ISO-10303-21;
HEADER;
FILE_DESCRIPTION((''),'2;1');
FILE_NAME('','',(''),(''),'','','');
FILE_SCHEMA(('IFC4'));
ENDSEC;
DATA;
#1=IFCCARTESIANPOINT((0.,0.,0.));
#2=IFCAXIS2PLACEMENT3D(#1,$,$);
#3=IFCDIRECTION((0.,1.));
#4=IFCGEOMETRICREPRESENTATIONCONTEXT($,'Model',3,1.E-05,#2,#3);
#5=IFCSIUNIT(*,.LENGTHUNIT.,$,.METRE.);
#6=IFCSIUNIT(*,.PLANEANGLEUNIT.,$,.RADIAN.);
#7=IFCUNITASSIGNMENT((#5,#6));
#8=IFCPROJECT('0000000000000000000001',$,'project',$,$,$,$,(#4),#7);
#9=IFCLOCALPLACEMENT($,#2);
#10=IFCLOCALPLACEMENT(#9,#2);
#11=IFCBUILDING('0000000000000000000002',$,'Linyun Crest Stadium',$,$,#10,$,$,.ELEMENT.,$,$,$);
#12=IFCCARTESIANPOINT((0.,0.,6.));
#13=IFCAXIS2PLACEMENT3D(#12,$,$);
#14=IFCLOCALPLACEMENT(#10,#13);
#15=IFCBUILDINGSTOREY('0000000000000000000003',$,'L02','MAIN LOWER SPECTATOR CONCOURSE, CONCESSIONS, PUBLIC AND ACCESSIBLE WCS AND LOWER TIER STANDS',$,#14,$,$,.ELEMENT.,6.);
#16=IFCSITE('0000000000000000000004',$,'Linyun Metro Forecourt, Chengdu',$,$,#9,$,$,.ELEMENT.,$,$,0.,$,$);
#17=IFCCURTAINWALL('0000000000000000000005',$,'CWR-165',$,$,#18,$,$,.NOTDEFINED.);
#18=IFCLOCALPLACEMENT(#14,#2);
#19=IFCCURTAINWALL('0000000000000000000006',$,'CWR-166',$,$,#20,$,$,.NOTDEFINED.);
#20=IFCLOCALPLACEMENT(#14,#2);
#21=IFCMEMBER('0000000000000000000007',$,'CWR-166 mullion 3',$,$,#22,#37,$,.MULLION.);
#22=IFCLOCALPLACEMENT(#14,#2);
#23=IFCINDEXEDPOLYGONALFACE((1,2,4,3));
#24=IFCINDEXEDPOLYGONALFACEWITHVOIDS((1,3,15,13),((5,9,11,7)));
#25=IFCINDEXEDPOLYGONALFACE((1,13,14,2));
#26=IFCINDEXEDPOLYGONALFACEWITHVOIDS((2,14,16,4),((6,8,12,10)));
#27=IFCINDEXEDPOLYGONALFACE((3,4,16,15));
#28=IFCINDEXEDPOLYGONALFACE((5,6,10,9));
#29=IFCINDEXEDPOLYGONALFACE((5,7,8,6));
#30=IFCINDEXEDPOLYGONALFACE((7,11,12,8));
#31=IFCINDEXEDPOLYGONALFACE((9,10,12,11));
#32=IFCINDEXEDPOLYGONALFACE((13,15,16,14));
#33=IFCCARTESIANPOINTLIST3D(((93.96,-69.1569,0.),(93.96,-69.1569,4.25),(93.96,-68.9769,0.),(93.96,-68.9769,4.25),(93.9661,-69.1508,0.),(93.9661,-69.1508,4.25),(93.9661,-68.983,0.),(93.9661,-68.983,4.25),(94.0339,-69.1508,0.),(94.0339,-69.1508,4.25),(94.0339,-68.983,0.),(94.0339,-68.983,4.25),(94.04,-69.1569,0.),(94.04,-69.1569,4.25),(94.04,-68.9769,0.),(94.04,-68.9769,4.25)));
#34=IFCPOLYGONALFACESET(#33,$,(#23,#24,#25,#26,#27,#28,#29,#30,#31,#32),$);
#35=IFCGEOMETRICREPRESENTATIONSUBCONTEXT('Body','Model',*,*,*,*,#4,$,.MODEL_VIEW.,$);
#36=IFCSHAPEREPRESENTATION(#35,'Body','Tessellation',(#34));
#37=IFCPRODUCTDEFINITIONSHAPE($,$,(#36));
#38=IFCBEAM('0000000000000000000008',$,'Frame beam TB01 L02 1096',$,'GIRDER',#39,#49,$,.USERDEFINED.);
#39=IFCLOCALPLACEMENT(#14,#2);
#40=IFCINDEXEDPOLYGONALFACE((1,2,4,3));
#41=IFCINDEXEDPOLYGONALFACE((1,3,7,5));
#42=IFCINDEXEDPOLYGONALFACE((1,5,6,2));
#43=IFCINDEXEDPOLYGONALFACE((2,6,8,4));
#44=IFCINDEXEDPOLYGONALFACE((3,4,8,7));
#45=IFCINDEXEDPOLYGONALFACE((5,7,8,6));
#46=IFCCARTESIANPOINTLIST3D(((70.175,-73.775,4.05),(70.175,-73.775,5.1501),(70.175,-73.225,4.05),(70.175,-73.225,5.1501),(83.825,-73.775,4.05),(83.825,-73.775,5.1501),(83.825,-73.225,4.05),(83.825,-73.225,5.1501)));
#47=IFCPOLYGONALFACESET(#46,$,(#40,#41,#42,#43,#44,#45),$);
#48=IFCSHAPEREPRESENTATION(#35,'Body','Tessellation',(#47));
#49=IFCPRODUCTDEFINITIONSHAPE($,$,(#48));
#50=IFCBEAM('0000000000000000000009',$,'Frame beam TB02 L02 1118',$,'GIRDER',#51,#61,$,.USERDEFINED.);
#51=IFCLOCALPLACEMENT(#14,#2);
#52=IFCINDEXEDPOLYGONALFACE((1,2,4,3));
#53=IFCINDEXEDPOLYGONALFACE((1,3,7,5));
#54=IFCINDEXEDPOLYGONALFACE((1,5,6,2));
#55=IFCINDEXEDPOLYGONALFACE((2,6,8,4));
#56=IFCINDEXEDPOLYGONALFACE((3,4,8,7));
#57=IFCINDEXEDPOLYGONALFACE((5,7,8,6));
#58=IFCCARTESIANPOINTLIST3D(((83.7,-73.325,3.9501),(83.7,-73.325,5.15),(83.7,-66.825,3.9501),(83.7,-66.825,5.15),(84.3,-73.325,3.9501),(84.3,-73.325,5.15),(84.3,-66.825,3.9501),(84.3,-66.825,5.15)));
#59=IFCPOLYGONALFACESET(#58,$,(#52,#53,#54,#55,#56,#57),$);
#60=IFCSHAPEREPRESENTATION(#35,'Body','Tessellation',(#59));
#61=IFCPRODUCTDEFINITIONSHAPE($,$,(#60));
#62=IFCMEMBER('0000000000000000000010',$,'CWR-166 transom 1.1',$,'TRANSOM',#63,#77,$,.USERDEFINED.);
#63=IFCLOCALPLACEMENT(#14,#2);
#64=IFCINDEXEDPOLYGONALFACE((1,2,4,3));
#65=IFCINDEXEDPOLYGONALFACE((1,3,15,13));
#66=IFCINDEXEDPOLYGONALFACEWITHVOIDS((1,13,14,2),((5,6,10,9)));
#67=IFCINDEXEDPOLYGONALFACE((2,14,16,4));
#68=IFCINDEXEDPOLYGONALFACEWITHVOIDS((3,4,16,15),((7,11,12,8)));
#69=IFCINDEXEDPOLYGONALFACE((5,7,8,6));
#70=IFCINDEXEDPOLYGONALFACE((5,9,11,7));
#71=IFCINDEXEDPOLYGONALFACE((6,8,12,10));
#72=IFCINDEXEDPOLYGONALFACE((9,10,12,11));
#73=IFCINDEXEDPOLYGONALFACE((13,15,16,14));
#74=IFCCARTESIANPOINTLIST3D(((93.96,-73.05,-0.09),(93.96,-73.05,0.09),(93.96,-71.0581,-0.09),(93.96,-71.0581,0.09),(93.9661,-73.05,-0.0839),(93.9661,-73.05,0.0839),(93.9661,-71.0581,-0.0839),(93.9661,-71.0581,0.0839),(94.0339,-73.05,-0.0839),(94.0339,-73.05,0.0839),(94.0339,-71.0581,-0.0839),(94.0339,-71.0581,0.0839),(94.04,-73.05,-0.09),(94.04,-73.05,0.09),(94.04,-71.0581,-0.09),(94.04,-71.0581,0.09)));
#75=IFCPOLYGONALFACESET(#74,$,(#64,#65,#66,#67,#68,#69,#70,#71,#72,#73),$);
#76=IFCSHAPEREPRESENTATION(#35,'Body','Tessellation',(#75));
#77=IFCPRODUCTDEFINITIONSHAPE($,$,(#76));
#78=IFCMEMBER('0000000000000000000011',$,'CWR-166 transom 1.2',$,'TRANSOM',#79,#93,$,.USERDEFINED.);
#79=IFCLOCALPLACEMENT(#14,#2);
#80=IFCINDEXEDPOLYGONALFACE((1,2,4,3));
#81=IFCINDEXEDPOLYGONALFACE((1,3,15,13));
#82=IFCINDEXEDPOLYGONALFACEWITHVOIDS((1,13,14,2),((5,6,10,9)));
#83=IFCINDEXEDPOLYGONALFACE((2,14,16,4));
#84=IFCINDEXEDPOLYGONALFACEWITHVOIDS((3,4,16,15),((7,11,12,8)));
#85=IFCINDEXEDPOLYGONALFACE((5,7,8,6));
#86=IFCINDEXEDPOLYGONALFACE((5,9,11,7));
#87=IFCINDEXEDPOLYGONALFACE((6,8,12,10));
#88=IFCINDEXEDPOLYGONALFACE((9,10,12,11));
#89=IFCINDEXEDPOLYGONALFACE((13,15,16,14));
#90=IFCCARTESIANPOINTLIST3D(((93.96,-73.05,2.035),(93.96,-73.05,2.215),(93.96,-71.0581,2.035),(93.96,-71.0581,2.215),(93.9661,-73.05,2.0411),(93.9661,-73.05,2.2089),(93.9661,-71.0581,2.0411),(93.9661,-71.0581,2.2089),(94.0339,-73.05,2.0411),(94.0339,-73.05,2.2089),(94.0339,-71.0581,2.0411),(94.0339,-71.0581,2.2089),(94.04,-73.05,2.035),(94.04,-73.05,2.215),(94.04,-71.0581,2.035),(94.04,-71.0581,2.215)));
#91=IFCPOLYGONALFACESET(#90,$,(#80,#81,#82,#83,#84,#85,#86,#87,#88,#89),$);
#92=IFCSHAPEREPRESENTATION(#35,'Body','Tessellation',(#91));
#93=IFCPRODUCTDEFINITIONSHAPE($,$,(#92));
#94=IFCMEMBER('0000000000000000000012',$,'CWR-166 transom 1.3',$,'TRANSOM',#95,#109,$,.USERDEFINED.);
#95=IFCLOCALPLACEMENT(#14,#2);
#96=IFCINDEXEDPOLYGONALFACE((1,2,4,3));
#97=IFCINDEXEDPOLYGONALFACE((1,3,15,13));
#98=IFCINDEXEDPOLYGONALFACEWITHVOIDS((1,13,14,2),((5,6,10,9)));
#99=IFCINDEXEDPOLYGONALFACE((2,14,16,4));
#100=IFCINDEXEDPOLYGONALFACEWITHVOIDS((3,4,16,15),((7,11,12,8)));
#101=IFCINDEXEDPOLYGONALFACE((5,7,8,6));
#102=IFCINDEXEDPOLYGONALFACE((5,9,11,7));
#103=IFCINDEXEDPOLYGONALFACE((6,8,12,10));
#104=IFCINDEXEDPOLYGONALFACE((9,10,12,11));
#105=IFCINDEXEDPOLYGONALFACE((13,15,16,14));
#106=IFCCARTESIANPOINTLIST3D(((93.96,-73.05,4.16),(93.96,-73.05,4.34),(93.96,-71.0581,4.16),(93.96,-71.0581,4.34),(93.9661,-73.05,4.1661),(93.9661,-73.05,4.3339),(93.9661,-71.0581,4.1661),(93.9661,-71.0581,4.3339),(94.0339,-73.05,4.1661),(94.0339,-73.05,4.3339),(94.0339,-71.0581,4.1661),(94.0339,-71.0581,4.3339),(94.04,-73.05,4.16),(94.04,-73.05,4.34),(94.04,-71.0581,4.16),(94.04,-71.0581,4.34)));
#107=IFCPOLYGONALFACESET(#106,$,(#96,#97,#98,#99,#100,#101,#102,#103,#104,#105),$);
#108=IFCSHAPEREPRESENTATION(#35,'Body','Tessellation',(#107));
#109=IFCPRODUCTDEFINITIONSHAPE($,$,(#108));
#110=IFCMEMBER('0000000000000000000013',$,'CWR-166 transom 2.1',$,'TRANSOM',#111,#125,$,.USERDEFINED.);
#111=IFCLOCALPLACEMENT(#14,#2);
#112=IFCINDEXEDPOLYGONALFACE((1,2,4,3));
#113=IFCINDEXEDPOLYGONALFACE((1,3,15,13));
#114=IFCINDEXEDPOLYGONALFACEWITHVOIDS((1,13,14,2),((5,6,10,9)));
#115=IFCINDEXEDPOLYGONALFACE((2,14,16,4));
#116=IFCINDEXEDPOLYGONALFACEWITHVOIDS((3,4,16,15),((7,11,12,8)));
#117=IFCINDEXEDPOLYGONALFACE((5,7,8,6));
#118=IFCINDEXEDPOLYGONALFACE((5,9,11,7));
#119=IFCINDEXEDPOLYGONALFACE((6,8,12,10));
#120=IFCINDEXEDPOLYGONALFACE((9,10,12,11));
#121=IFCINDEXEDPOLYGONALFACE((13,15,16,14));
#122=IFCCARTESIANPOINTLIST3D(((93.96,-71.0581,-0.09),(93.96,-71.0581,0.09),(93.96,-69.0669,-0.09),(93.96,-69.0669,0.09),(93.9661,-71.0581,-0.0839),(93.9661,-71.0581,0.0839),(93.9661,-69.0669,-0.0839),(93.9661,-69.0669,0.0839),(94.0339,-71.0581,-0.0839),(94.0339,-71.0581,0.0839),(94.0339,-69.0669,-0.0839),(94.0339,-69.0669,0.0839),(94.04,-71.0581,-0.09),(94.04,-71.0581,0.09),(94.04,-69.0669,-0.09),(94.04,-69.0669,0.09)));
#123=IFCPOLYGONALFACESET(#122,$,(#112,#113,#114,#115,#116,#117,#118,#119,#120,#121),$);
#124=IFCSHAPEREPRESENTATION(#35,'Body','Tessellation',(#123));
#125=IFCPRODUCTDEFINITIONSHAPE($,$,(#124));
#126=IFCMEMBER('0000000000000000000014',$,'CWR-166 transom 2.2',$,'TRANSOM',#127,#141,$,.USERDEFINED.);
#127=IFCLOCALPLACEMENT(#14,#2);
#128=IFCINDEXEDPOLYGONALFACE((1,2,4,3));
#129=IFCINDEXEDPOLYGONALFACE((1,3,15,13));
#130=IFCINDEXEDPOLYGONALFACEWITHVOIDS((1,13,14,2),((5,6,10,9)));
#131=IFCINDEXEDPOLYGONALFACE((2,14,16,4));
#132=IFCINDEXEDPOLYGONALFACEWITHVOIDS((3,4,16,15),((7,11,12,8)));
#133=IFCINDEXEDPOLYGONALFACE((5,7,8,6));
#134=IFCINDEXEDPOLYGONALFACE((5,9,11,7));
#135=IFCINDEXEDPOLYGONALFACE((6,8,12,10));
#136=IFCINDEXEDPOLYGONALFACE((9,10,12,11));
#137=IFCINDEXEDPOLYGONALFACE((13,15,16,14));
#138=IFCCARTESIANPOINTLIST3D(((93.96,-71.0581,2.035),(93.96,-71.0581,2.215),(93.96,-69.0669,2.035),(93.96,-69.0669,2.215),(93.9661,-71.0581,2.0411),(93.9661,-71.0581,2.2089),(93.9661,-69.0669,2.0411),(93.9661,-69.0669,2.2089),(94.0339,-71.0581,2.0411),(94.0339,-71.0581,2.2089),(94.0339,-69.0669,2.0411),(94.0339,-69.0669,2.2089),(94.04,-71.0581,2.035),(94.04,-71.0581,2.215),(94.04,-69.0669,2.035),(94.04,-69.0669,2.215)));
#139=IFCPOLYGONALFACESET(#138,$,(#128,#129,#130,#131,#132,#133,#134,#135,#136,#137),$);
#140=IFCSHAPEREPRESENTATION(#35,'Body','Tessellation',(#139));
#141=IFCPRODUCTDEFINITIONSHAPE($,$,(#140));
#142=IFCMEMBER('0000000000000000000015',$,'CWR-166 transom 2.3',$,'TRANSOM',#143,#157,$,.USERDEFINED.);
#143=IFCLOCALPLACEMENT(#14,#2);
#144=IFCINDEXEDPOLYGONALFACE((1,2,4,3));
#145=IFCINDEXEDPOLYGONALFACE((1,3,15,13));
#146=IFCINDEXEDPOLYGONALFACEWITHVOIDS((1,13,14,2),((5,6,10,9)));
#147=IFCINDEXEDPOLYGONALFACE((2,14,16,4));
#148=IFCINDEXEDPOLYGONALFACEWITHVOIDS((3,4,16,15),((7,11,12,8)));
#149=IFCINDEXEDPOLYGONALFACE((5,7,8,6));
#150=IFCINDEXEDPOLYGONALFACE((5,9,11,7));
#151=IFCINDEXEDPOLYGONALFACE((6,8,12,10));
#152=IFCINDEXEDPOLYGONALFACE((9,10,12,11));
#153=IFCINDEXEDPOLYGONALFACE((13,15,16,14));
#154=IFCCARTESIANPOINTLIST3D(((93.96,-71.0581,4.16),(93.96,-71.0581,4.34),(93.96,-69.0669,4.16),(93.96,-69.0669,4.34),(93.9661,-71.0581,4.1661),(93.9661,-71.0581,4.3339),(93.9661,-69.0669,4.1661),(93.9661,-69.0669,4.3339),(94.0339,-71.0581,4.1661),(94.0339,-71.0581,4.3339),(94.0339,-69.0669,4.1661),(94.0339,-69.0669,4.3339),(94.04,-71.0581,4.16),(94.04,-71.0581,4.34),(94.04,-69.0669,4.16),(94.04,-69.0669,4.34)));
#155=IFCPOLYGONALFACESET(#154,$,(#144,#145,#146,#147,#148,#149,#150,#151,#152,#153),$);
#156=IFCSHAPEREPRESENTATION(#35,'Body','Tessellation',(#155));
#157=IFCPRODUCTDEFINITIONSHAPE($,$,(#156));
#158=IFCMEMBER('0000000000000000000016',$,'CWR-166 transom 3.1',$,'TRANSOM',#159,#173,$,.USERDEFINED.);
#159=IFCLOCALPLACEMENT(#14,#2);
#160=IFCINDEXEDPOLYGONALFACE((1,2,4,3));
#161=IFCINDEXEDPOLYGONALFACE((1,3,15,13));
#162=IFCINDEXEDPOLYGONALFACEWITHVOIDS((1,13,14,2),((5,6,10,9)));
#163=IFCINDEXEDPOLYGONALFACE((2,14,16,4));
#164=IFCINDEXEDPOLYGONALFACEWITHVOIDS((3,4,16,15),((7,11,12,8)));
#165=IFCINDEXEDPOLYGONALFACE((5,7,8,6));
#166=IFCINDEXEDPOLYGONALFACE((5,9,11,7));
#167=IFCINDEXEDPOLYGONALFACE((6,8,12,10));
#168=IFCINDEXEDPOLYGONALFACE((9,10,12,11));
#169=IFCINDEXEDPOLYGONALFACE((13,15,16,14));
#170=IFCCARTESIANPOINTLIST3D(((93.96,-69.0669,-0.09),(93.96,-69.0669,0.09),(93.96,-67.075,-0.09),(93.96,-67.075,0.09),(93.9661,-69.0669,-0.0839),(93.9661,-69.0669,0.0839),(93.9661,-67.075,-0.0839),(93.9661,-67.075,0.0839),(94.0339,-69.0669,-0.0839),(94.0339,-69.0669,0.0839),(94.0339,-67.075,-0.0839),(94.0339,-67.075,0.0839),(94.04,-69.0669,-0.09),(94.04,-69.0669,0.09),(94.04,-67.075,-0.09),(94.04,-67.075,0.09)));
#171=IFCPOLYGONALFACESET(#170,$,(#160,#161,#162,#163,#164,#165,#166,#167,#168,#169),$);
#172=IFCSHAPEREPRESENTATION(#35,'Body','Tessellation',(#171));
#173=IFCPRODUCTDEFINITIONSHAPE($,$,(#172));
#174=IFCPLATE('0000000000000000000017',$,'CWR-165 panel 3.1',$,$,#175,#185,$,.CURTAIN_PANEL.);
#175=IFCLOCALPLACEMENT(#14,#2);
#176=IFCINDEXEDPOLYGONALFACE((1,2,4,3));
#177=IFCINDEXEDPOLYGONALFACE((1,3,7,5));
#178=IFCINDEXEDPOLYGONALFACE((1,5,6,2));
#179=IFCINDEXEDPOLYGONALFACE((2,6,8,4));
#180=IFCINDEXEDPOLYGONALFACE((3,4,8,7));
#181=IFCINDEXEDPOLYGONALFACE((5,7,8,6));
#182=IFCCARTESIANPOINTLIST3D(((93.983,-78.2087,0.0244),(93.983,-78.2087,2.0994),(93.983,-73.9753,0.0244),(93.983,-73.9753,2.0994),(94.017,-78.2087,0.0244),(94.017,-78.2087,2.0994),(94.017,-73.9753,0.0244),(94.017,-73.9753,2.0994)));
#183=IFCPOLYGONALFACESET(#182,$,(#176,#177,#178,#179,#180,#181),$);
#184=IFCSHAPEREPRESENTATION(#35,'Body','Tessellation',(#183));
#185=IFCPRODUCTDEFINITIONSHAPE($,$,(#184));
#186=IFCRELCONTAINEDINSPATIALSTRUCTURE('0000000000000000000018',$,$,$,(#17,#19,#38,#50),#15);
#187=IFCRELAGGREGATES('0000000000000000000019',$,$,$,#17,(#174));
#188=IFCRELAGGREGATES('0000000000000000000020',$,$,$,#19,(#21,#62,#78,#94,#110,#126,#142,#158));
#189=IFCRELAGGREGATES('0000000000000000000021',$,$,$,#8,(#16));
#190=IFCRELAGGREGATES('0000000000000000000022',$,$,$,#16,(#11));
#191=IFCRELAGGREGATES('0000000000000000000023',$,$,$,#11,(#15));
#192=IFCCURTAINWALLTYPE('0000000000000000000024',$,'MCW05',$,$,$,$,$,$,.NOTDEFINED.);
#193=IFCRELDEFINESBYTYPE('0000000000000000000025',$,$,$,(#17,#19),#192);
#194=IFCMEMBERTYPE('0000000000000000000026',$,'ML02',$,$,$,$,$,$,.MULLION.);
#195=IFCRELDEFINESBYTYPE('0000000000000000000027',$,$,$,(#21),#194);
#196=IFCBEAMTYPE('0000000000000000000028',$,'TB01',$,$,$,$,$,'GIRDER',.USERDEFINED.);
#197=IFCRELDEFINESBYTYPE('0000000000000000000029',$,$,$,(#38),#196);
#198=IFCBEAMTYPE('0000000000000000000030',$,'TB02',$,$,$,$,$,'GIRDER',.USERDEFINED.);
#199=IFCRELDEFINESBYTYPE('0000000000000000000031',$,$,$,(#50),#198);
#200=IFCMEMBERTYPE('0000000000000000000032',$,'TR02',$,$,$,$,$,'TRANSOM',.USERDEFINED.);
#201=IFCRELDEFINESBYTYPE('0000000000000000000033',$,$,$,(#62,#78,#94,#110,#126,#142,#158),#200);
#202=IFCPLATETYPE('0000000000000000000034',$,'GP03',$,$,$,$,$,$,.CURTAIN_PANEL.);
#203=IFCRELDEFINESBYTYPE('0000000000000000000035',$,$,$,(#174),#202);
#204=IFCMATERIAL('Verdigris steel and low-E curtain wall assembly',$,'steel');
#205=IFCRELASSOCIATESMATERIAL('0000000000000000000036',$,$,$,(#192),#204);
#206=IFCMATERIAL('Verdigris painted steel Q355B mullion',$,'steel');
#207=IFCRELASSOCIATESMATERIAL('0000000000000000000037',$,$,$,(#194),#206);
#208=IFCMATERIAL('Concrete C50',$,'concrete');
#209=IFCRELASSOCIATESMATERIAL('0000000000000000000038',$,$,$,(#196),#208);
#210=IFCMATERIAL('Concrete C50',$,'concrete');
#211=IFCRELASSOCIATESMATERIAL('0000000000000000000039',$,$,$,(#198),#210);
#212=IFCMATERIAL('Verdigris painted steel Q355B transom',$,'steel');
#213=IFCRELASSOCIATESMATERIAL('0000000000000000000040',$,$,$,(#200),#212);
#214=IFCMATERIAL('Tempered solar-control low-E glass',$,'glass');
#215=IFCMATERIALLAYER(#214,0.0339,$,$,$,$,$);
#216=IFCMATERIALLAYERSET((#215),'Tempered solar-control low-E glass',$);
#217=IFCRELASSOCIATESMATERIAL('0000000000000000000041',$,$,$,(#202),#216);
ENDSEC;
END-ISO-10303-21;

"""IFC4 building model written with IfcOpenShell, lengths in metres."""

from ifc_helpers import new_model, si_unit, direction, frame, origin, origin_2d, place, context, subcontext, project, spatial, rectangle, hollow_rectangle, extrude, material, layer, layer_set, material_profile, profile_set, type_object, element, aggregate, save


model = new_model("IFC4")

# Units and contexts
model_context = context("Model", 3, precision=1e-05, world=origin(), true_north=direction((0.0, 1.0)))
body_context = subcontext(model_context, "Body", "Model", "MODEL_VIEW")
ifc_project = project(units=[si_unit("LENGTHUNIT", "METRE"), si_unit("PLANEANGLEUNIT", "RADIAN")], contexts=[model_context])

# Site, building, storey
site_placement = place(None, origin())
site = spatial("IfcSite", under=ifc_project, at=site_placement, Name="Linyun Metro Forecourt, Chengdu", CompositionType="ELEMENT", RefElevation=0.0)
building_placement = place(site_placement, origin())
building = spatial("IfcBuilding", under=site, at=building_placement, Name="Linyun Crest Stadium", CompositionType="ELEMENT")
storey_placement = place(building_placement, frame((0.0, 0.0, 6.0)))
storey = spatial("IfcBuildingStorey", under=building, at=storey_placement, Name="L02", Description="MAIN LOWER SPECTATOR CONCOURSE, CONCESSIONS, PUBLIC AND ACCESSIBLE WCS AND LOWER TIER STANDS", CompositionType="ELEMENT", Elevation=6.0)

# Curtain wall
ifc_material_1 = material(Name="Verdigris steel and low-E curtain wall assembly", Category="steel")
curtain_wall_type = type_object("IfcCurtainWallType", Name="MCW05", PredefinedType="NOTDEFINED", material=ifc_material_1)
curtain_wall_1_placement = place(storey_placement, origin())
curtain_wall_1 = element("IfcCurtainWall", 1, at=curtain_wall_1_placement, inside=storey, type_object=curtain_wall_type, Name="CWR-165", PredefinedType="NOTDEFINED")
ifc_material_2 = material(Name="Verdigris painted steel Q355B mullion", Category="steel")
ifc_material_profile_1 = material_profile(ifc_material_2, hollow_rectangle(XDim=0.0801, YDim=0.1799, WallThickness=0.0061, at=origin_2d()), Name="RHS 180x80x6")
ifc_profile_set_1 = profile_set([ifc_material_profile_1], Name="Verdigris painted steel Q355B mullion")
member_type_1 = type_object("IfcMemberType", Name="ML02", PredefinedType="MULLION", material=ifc_profile_set_1)

# Curtain wall, member
curtain_wall_2_placement = place(storey_placement, origin())
curtain_wall_2 = element("IfcCurtainWall", 2, at=curtain_wall_2_placement, inside=storey, type_object=curtain_wall_type, Name="CWR-166", PredefinedType="NOTDEFINED")
member_1_placement = place(storey_placement, frame((94.0, -69.0669, 0.0), z_axis=(0.0, 0.0, 1.0), x_axis=(-1.0, 0.0, 0.0)))
member_1 = element("IfcMember", 3, at=member_1_placement, type_object=member_type_1, Name="CWR-166 mullion 3", PredefinedType="MULLION", context=body_context, shape_type="SweptSolid", body=[
    extrude(hollow_rectangle(XDim=0.0801, YDim=0.1799, WallThickness=0.0061, at=origin_2d()), origin(), (0.0, 0.0, 1.0), 4.25),
])

# Beams
ifc_material_3 = material(Name="Concrete C50", Category="concrete")
ifc_material_profile_2 = material_profile(ifc_material_3, rectangle(XDim=0.55, YDim=1.1001, at=origin_2d()), Name="RCB 1100x550")
ifc_profile_set_2 = profile_set([ifc_material_profile_2], Name="Concrete C50")
beam_type_1 = type_object("IfcBeamType", Name="TB01", ElementType="GIRDER", PredefinedType="USERDEFINED", material=ifc_profile_set_2)
beam_1_placement = place(storey_placement, frame((70.175, -73.5, 4.6001), z_axis=(1.0, 0.0, 0.0), x_axis=(0.0, 1.0, 0.0)))
element("IfcBeam", 4, at=beam_1_placement, inside=storey, type_object=beam_type_1, Name="Frame beam TB01 L02 1096", ObjectType="GIRDER", PredefinedType="USERDEFINED", context=body_context, shape_type="SweptSolid", body=[
    extrude(rectangle(XDim=0.55, YDim=1.1001, at=origin_2d()), origin(), (0.0, 0.0, 1.0), 13.6499),
])
ifc_material_4 = material(Name="Concrete C50", Category="concrete")
ifc_material_profile_3 = material_profile(ifc_material_4, rectangle(XDim=0.6001, YDim=1.2, at=origin_2d()), Name="RCB 1200x600")
ifc_profile_set_3 = profile_set([ifc_material_profile_3], Name="Concrete C50")
beam_type_2 = type_object("IfcBeamType", Name="TB02", ElementType="GIRDER", PredefinedType="USERDEFINED", material=ifc_profile_set_3)
beam_2_placement = place(storey_placement, frame((84.0, -73.325, 4.55), z_axis=(0.0, 1.0, 0.0), x_axis=(-1.0, 0.0, 0.0)))
element("IfcBeam", 5, at=beam_2_placement, inside=storey, type_object=beam_type_2, Name="Frame beam TB02 L02 1118", ObjectType="GIRDER", PredefinedType="USERDEFINED", context=body_context, shape_type="SweptSolid", body=[
    extrude(rectangle(XDim=0.6001, YDim=1.2, at=origin_2d()), origin(), (0.0, 0.0, 1.0), 6.5),
])

# Members
ifc_material_5 = material(Name="Verdigris painted steel Q355B transom", Category="steel")
ifc_material_profile_4 = material_profile(ifc_material_5, hollow_rectangle(XDim=0.0801, YDim=0.1799, WallThickness=0.0061, at=origin_2d()), Name="RHS 180x80x6")
ifc_profile_set_4 = profile_set([ifc_material_profile_4], Name="Verdigris painted steel Q355B transom")
member_type_2 = type_object("IfcMemberType", Name="TR02", ElementType="TRANSOM", PredefinedType="USERDEFINED", material=ifc_profile_set_4)
member_2_placement = place(storey_placement, frame((94.0, -73.05, 0.0), z_axis=(0.0, 1.0, 0.0), x_axis=(-1.0, 0.0, 0.0)))
member_2 = element("IfcMember", 6, at=member_2_placement, type_object=member_type_2, Name="CWR-166 transom 1.1", ObjectType="TRANSOM", PredefinedType="USERDEFINED", context=body_context, shape_type="SweptSolid", body=[
    extrude(hollow_rectangle(XDim=0.0801, YDim=0.1799, WallThickness=0.0061, at=origin_2d()), origin(), (0.0, 0.0, 1.0), 1.9919),
])
member_3_placement = place(storey_placement, frame((94.0, -73.05, 2.125), z_axis=(0.0, 1.0, 0.0), x_axis=(-1.0, 0.0, 0.0)))
member_3 = element("IfcMember", 7, at=member_3_placement, type_object=member_type_2, Name="CWR-166 transom 1.2", ObjectType="TRANSOM", PredefinedType="USERDEFINED", context=body_context, shape_type="SweptSolid", body=[
    extrude(hollow_rectangle(XDim=0.0801, YDim=0.1799, WallThickness=0.0061, at=origin_2d()), origin(), (0.0, 0.0, 1.0), 1.9919),
])
member_4_placement = place(storey_placement, frame((94.0, -73.05, 4.25), z_axis=(0.0, 1.0, 0.0), x_axis=(-1.0, 0.0, 0.0)))
member_4 = element("IfcMember", 8, at=member_4_placement, type_object=member_type_2, Name="CWR-166 transom 1.3", ObjectType="TRANSOM", PredefinedType="USERDEFINED", context=body_context, shape_type="SweptSolid", body=[
    extrude(hollow_rectangle(XDim=0.0801, YDim=0.1799, WallThickness=0.0061, at=origin_2d()), origin(), (0.0, 0.0, 1.0), 1.9919),
])
member_5_placement = place(storey_placement, frame((94.0, -71.0581, 0.0), z_axis=(0.0, 1.0, 0.0), x_axis=(-1.0, 0.0, 0.0)))
member_5 = element("IfcMember", 9, at=member_5_placement, type_object=member_type_2, Name="CWR-166 transom 2.1", ObjectType="TRANSOM", PredefinedType="USERDEFINED", context=body_context, shape_type="SweptSolid", body=[
    extrude(hollow_rectangle(XDim=0.0801, YDim=0.1799, WallThickness=0.0061, at=origin_2d()), origin(), (0.0, 0.0, 1.0), 1.9912),
])
member_6_placement = place(storey_placement, frame((94.0, -71.0581, 2.125), z_axis=(0.0, 1.0, 0.0), x_axis=(-1.0, 0.0, 0.0)))
member_6 = element("IfcMember", 10, at=member_6_placement, type_object=member_type_2, Name="CWR-166 transom 2.2", ObjectType="TRANSOM", PredefinedType="USERDEFINED", context=body_context, shape_type="SweptSolid", body=[
    extrude(hollow_rectangle(XDim=0.0801, YDim=0.1799, WallThickness=0.0061, at=origin_2d()), origin(), (0.0, 0.0, 1.0), 1.9912),
])
member_7_placement = place(storey_placement, frame((94.0, -71.0581, 4.25), z_axis=(0.0, 1.0, 0.0), x_axis=(-1.0, 0.0, 0.0)))
member_7 = element("IfcMember", 11, at=member_7_placement, type_object=member_type_2, Name="CWR-166 transom 2.3", ObjectType="TRANSOM", PredefinedType="USERDEFINED", context=body_context, shape_type="SweptSolid", body=[
    extrude(hollow_rectangle(XDim=0.0801, YDim=0.1799, WallThickness=0.0061, at=origin_2d()), origin(), (0.0, 0.0, 1.0), 1.9912),
])
member_8_placement = place(storey_placement, frame((94.0, -69.0669, 0.0), z_axis=(0.0, 1.0, 0.0), x_axis=(-1.0, 0.0, 0.0)))
member_8 = element("IfcMember", 12, at=member_8_placement, type_object=member_type_2, Name="CWR-166 transom 3.1", ObjectType="TRANSOM", PredefinedType="USERDEFINED", context=body_context, shape_type="SweptSolid", body=[
    extrude(hollow_rectangle(XDim=0.0801, YDim=0.1799, WallThickness=0.0061, at=origin_2d()), origin(), (0.0, 0.0, 1.0), 1.9919),
])

# Plate
ifc_material_6 = material(Name="Tempered solar-control low-E glass", Category="glass")
ifc_layer_1 = layer(ifc_material_6, 0.0339)
ifc_layer_set_1 = layer_set([ifc_layer_1], Name="Tempered solar-control low-E glass")
plate_type = type_object("IfcPlateType", Name="GP03", PredefinedType="CURTAIN_PANEL", material=ifc_layer_set_1)
plate_1_placement = place(storey_placement, frame((94.0, -76.092, 0.0244), z_axis=(0.0, 0.0, 1.0), x_axis=(0.0, 1.0, 0.0)))
plate_1 = element("IfcPlate", 13, at=plate_1_placement, type_object=plate_type, Name="CWR-165 panel 3.1", PredefinedType="CURTAIN_PANEL", context=body_context, shape_type="SweptSolid", body=[
    extrude(rectangle(XDim=4.2334, YDim=0.0339, at=origin_2d()), origin(), (0.0, 0.0, 1.0), 2.075),
])
aggregate(curtain_wall_1, [plate_1])
aggregate(curtain_wall_2, [member_1, member_2, member_3, member_4, member_5, member_6, member_7, member_8])

save(model, "model.ifc")
